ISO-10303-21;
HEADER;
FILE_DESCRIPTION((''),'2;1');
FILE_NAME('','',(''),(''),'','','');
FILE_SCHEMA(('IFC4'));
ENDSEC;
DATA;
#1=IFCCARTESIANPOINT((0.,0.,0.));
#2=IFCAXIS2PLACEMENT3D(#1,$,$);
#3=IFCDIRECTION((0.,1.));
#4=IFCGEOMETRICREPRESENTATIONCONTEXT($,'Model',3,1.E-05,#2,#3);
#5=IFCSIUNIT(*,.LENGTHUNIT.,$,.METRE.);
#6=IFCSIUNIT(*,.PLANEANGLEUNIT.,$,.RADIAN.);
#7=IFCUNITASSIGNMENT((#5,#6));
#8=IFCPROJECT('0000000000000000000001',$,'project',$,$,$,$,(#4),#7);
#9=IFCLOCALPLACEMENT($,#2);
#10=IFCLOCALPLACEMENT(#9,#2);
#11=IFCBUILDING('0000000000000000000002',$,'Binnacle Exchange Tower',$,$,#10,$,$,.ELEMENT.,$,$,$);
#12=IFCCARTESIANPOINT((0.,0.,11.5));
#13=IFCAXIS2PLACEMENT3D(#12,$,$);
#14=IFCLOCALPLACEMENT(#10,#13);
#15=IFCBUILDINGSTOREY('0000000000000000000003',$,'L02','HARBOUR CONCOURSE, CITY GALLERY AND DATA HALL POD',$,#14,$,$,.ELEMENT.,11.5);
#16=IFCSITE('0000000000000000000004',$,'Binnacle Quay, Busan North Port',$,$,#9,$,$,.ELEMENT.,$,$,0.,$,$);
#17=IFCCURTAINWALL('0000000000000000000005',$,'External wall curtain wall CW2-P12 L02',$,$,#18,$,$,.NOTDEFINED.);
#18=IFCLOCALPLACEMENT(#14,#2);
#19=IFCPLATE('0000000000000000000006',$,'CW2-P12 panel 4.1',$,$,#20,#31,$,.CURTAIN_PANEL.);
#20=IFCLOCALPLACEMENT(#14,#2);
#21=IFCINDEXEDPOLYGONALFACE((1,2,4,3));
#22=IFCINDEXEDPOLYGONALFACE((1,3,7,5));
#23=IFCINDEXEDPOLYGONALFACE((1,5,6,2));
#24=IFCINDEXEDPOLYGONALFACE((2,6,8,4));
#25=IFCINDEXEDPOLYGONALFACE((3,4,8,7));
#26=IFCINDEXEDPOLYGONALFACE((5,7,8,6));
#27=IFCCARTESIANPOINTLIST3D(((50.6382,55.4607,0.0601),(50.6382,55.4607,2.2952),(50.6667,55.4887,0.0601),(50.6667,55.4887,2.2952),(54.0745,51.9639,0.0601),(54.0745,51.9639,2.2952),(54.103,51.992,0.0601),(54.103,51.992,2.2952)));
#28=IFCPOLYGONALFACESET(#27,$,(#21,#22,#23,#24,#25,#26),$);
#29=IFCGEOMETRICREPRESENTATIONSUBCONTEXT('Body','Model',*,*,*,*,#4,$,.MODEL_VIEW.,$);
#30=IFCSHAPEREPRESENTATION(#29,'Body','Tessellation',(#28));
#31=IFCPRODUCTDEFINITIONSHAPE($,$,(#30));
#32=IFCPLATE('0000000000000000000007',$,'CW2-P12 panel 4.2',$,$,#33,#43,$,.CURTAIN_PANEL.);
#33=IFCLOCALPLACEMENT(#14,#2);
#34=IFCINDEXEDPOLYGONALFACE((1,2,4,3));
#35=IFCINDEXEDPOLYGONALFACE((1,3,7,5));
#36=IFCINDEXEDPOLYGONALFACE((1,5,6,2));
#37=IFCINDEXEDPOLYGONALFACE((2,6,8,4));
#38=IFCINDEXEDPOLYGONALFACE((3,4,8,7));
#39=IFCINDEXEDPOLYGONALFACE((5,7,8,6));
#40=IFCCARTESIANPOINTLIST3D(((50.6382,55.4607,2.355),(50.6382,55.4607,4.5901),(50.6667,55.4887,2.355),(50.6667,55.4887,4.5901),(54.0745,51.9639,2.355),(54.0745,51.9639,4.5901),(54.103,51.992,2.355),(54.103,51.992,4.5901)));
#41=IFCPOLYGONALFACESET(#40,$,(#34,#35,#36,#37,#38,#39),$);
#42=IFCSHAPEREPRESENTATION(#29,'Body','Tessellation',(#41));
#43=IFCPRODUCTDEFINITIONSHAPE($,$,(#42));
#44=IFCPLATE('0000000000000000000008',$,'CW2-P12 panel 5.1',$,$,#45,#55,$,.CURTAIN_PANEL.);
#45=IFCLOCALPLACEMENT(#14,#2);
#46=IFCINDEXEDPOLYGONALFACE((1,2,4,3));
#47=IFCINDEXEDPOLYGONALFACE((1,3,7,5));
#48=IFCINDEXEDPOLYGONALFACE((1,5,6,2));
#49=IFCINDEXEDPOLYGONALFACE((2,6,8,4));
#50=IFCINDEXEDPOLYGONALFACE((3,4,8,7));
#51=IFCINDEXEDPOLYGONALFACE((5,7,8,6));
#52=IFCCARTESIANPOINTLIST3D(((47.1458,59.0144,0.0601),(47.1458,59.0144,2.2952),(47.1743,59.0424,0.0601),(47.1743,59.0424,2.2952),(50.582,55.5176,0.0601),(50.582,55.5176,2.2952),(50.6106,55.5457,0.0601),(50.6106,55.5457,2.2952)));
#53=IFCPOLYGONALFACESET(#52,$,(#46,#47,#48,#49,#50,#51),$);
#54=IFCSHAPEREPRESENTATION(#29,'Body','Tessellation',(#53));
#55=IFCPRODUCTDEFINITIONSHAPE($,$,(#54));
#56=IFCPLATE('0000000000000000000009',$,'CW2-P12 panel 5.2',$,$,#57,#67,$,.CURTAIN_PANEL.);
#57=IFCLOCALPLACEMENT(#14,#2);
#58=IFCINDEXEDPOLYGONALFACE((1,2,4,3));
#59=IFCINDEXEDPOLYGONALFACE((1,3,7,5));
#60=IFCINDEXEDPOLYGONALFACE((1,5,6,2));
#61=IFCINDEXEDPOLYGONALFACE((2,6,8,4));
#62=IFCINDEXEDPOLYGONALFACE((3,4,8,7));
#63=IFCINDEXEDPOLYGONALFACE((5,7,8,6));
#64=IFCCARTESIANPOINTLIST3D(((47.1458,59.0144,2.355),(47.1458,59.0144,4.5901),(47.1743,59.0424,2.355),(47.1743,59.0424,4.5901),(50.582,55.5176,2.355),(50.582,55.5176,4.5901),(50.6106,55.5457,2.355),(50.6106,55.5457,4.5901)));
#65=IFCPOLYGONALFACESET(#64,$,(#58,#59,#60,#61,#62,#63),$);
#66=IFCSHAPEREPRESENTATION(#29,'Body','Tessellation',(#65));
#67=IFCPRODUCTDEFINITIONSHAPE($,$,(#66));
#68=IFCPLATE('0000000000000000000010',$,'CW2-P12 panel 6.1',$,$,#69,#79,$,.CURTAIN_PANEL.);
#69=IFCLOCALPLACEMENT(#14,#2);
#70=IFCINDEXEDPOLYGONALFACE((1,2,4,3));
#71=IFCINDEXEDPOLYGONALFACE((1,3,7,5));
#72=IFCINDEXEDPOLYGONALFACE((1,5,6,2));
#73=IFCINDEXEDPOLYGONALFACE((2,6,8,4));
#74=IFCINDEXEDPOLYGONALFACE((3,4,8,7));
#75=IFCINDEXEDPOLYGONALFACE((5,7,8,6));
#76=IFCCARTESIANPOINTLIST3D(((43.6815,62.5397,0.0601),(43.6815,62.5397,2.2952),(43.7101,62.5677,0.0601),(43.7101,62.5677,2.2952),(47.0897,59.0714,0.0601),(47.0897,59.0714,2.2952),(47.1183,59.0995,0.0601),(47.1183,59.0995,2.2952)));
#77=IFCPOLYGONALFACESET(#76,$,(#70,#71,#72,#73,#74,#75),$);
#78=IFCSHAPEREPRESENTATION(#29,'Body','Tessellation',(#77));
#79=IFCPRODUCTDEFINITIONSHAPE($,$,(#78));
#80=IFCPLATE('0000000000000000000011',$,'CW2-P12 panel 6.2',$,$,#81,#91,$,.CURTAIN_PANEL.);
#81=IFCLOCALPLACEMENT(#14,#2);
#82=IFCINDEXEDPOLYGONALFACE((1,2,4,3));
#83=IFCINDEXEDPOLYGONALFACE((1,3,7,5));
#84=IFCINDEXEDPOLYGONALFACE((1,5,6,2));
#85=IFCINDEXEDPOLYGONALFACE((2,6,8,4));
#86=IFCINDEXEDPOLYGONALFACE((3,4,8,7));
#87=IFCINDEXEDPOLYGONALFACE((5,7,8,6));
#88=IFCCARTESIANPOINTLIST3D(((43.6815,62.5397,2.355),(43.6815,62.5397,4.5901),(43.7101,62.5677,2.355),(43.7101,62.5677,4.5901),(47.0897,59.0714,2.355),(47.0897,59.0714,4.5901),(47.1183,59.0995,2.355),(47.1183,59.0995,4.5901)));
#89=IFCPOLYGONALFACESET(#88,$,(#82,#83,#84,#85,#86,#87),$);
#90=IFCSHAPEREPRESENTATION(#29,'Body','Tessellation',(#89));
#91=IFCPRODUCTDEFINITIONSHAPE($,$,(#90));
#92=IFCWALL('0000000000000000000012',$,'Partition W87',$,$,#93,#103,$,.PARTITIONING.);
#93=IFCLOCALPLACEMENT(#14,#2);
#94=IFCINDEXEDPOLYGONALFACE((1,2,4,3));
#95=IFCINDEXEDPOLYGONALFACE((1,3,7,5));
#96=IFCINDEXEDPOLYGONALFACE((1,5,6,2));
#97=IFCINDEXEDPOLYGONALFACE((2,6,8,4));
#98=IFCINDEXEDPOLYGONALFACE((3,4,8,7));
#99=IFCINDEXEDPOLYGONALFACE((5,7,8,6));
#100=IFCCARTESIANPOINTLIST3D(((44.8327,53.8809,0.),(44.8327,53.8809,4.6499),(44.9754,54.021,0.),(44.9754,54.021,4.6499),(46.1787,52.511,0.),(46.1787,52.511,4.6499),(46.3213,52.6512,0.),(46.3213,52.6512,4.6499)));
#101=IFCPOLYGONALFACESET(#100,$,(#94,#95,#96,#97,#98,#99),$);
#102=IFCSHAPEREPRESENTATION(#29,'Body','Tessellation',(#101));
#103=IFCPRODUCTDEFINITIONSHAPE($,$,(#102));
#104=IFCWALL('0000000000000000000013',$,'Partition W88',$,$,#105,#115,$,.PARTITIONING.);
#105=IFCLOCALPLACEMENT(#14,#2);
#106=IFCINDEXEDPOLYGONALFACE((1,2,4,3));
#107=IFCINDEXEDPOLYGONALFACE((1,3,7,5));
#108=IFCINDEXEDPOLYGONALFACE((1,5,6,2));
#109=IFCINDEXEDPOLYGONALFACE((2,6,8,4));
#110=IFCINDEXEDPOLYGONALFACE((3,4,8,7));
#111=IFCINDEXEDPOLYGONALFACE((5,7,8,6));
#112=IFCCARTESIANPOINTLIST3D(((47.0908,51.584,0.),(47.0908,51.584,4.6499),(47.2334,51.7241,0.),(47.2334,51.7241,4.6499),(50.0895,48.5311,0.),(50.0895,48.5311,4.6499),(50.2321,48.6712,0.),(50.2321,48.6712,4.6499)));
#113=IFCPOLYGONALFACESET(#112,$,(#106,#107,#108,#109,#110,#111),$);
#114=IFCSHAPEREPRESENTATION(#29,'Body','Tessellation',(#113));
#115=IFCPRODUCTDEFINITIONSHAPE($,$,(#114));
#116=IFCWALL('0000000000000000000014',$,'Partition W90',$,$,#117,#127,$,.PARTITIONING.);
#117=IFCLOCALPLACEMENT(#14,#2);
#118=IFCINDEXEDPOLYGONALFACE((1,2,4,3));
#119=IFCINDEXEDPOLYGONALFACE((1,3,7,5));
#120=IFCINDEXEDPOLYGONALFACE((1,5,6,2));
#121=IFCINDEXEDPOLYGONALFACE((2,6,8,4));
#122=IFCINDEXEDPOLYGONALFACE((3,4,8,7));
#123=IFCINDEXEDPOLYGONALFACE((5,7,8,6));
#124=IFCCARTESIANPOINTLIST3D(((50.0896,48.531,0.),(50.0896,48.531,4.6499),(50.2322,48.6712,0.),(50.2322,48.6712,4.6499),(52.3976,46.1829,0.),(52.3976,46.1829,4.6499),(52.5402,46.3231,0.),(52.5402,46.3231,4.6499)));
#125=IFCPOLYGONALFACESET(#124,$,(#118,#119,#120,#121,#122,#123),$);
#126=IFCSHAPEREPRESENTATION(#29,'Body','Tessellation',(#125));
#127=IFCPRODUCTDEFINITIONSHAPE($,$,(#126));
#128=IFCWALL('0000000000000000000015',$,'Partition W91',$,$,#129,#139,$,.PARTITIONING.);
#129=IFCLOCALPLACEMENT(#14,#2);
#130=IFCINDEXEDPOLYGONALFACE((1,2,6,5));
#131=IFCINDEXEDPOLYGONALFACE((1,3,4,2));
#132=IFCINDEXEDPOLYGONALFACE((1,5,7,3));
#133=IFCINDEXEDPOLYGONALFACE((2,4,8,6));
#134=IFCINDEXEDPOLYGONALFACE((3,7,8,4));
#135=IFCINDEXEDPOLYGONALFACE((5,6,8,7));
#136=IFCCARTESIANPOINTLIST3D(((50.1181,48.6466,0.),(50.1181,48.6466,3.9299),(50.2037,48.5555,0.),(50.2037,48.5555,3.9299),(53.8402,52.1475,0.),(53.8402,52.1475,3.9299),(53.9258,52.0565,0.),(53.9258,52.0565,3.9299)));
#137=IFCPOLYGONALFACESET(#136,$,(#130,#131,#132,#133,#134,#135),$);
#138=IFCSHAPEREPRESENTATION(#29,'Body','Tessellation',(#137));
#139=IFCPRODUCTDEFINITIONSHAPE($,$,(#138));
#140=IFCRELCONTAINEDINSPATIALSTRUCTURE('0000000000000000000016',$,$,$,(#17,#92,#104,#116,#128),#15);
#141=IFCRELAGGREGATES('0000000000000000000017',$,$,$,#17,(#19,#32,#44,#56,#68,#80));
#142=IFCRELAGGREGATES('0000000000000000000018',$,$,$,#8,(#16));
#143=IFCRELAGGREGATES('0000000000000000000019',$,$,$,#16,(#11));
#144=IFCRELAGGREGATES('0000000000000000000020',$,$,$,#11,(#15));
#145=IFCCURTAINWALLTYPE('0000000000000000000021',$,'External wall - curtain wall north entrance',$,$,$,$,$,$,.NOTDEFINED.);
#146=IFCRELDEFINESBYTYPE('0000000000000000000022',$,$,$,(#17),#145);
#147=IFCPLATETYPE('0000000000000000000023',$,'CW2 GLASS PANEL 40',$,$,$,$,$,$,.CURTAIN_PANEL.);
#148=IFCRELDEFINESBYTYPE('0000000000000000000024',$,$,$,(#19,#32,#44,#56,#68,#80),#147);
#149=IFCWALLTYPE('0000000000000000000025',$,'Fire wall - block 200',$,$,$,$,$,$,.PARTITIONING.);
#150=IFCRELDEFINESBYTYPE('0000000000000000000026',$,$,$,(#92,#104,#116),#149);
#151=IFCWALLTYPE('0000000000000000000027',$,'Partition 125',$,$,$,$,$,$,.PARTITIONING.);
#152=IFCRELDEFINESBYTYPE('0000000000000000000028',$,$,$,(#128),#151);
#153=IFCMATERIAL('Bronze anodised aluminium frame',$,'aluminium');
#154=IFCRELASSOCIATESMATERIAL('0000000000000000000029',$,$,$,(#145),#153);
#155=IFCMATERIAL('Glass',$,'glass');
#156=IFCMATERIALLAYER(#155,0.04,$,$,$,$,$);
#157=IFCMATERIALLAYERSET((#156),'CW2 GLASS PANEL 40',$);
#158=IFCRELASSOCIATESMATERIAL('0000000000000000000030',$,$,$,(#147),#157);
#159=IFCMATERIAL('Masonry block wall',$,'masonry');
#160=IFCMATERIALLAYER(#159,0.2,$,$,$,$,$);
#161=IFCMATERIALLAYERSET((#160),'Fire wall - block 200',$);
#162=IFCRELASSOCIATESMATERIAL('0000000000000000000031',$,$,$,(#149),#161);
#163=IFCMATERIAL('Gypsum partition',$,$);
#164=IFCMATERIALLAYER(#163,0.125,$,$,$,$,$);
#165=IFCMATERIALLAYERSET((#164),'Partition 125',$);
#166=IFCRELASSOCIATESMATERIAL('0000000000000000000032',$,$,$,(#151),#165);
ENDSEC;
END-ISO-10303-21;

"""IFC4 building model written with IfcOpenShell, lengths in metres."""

from ifc_helpers import new_model, si_unit, direction, frame, frame_2d, origin, origin_2d, place, context, subcontext, project, spatial, rectangle, extrude, material, layer, layer_set, type_object, element, aggregate, save


model = new_model("IFC4")

# Units and contexts
model_context = context("Model", 3, precision=1e-05, world=origin(), true_north=direction((0.0, 1.0)))
body_context = subcontext(model_context, "Body", "Model", "MODEL_VIEW")
ifc_project = project(units=[si_unit("LENGTHUNIT", "METRE"), si_unit("PLANEANGLEUNIT", "RADIAN")], contexts=[model_context])

# Site, building, storey
site_placement = place(None, origin())
site = spatial("IfcSite", under=ifc_project, at=site_placement, Name="Binnacle Quay, Busan North Port", CompositionType="ELEMENT", RefElevation=0.0)
building_placement = place(site_placement, origin())
building = spatial("IfcBuilding", under=site, at=building_placement, Name="Binnacle Exchange Tower", CompositionType="ELEMENT")
storey_placement = place(building_placement, frame((0.0, 0.0, 11.5)))
storey = spatial("IfcBuildingStorey", under=building, at=storey_placement, Name="L02", Description="HARBOUR CONCOURSE, CITY GALLERY AND DATA HALL POD", CompositionType="ELEMENT", Elevation=11.5)

# Curtain wall
ifc_material_1 = material(Name="Bronze anodised aluminium frame", Category="aluminium")
curtain_wall_type = type_object("IfcCurtainWallType", Name="External wall - curtain wall north entrance", PredefinedType="NOTDEFINED", material=ifc_material_1)
curtain_wall_placement = place(storey_placement, origin())
curtain_wall = element("IfcCurtainWall", 1, at=curtain_wall_placement, inside=storey, type_object=curtain_wall_type, Name="External wall curtain wall CW2-P12 L02", PredefinedType="NOTDEFINED")

# Plates
ifc_material_2 = material(Name="Glass", Category="glass")
ifc_layer_1 = layer(ifc_material_2, 0.04)
ifc_layer_set_1 = layer_set([ifc_layer_1], Name="CW2 GLASS PANEL 40")
plate_type = type_object("IfcPlateType", Name="CW2 GLASS PANEL 40", PredefinedType="CURTAIN_PANEL", material=ifc_layer_set_1)
plate_1_placement = place(storey_placement, frame((52.3706, 53.7263, 0.0601), z_axis=(0.0, 0.0, 1.0), x_axis=(-0.700909, 0.71325, 0.0)))
plate_1 = element("IfcPlate", 2, at=plate_1_placement, type_object=plate_type, Name="CW2-P12 panel 4.1", PredefinedType="CURTAIN_PANEL", context=body_context, shape_type="SweptSolid", body=[
    extrude(rectangle(XDim=4.9026, YDim=0.04, at=origin_2d()), origin(), (0.0, 0.0, 1.0), 2.2351),
])
plate_2_placement = place(storey_placement, frame((52.3706, 53.7263, 2.355), z_axis=(0.0, 0.0, 1.0), x_axis=(-0.700909, 0.71325, 0.0)))
plate_2 = element("IfcPlate", 3, at=plate_2_placement, type_object=plate_type, Name="CW2-P12 panel 4.2", PredefinedType="CURTAIN_PANEL", context=body_context, shape_type="SweptSolid", body=[
    extrude(rectangle(XDim=4.9026, YDim=0.04, at=origin_2d()), origin(), (0.0, 0.0, 1.0), 2.2351),
])
plate_3_placement = place(storey_placement, frame((48.8782, 57.28, 0.0601), z_axis=(0.0, 0.0, 1.0), x_axis=(-0.700909, 0.71325, 0.0)))
plate_3 = element("IfcPlate", 4, at=plate_3_placement, type_object=plate_type, Name="CW2-P12 panel 5.1", PredefinedType="CURTAIN_PANEL", context=body_context, shape_type="SweptSolid", body=[
    extrude(rectangle(XDim=4.9026, YDim=0.04, at=origin_2d()), origin(), (0.0, 0.0, 1.0), 2.2351),
])
plate_4_placement = place(storey_placement, frame((48.8782, 57.28, 2.355), z_axis=(0.0, 0.0, 1.0), x_axis=(-0.700909, 0.71325, 0.0)))
plate_4 = element("IfcPlate", 5, at=plate_4_placement, type_object=plate_type, Name="CW2-P12 panel 5.2", PredefinedType="CURTAIN_PANEL", context=body_context, shape_type="SweptSolid", body=[
    extrude(rectangle(XDim=4.9026, YDim=0.04, at=origin_2d()), origin(), (0.0, 0.0, 1.0), 2.2351),
])
plate_5_placement = place(storey_placement, frame((45.3999, 60.8196, 0.0601), z_axis=(0.0, 0.0, 1.0), x_axis=(-0.700909, 0.71325, 0.0)))
plate_5 = element("IfcPlate", 6, at=plate_5_placement, type_object=plate_type, Name="CW2-P12 panel 6.1", PredefinedType="CURTAIN_PANEL", context=body_context, shape_type="SweptSolid", body=[
    extrude(rectangle(XDim=4.8625, YDim=0.04, at=origin_2d()), origin(), (0.0, 0.0, 1.0), 2.2351),
])
plate_6_placement = place(storey_placement, frame((45.3999, 60.8196, 2.355), z_axis=(0.0, 0.0, 1.0), x_axis=(-0.700909, 0.71325, 0.0)))
plate_6 = element("IfcPlate", 7, at=plate_6_placement, type_object=plate_type, Name="CW2-P12 panel 6.2", PredefinedType="CURTAIN_PANEL", context=body_context, shape_type="SweptSolid", body=[
    extrude(rectangle(XDim=4.8625, YDim=0.04, at=origin_2d()), origin(), (0.0, 0.0, 1.0), 2.2351),
])
aggregate(curtain_wall, [plate_1, plate_2, plate_3, plate_4, plate_5, plate_6])

# Walls
ifc_material_3 = material(Name="Masonry block wall", Category="masonry")
ifc_layer_2 = layer(ifc_material_3, 0.2)
ifc_layer_set_2 = layer_set([ifc_layer_2], Name="Fire wall - block 200")
wall_type_1 = type_object("IfcWallType", Name="Fire wall - block 200", PredefinedType="PARTITIONING", material=ifc_layer_set_2)
wall_1_placement = place(storey_placement, frame((44.9041, 53.9509, 0.0), z_axis=(0.0, 0.0, 1.0), x_axis=(0.70085, -0.713309, 0.0)))
element("IfcWall", 8, at=wall_1_placement, inside=storey, type_object=wall_type_1, Name="Partition W87", PredefinedType="PARTITIONING", context=body_context, shape_type="SweptSolid", body=[
    extrude(rectangle(XDim=1.9204, YDim=0.2, at=frame_2d((0.9602, 0.0))), origin(), (0.0, 0.0, 1.0), 4.6499),
])
wall_2_placement = place(storey_placement, frame((47.1621, 51.6541, 0.0), z_axis=(0.0, 0.0, 1.0), x_axis=(0.700746, -0.713411, 0.0)))
element("IfcWall", 9, at=wall_2_placement, inside=storey, type_object=wall_type_1, Name="Partition W88", PredefinedType="PARTITIONING", context=body_context, shape_type="SweptSolid", body=[
    extrude(rectangle(XDim=4.2793, YDim=0.2, at=frame_2d((2.1396, 0.0))), origin(), (0.0, 0.0, 1.0), 4.6499),
])
wall_3_placement = place(storey_placement, frame((50.1609, 48.6011, 0.0), z_axis=(0.0, 0.0, 1.0), x_axis=(0.701, -0.713161, 0.0)))
element("IfcWall", 10, at=wall_3_placement, inside=storey, type_object=wall_type_1, Name="Partition W90", PredefinedType="PARTITIONING", context=body_context, shape_type="SweptSolid", body=[
    extrude(rectangle(XDim=3.2925, YDim=0.2, at=frame_2d((1.6462, 0.0))), origin(), (0.0, 0.0, 1.0), 4.6499),
])
ifc_material_4 = material(Name="Gypsum partition")
ifc_layer_3 = layer(ifc_material_4, 0.125)
ifc_layer_set_3 = layer_set([ifc_layer_3], Name="Partition 125")
wall_type_2 = type_object("IfcWallType", Name="Partition 125", PredefinedType="PARTITIONING", material=ifc_layer_set_3)
wall_4_placement = place(storey_placement, frame((50.1609, 48.6011, 0.0), z_axis=(0.0, 0.0, 1.0), x_axis=(0.728419, 0.685132, 0.0)))
element("IfcWall", 11, at=wall_4_placement, inside=storey, type_object=wall_type_2, Name="Partition W91", PredefinedType="PARTITIONING", context=body_context, shape_type="SweptSolid", body=[
    extrude(rectangle(XDim=5.1099, YDim=0.125, at=frame_2d((2.5549, 0.0))), origin(), (0.0, 0.0, 1.0), 3.9299),
])

save(model, "model.ifc")
